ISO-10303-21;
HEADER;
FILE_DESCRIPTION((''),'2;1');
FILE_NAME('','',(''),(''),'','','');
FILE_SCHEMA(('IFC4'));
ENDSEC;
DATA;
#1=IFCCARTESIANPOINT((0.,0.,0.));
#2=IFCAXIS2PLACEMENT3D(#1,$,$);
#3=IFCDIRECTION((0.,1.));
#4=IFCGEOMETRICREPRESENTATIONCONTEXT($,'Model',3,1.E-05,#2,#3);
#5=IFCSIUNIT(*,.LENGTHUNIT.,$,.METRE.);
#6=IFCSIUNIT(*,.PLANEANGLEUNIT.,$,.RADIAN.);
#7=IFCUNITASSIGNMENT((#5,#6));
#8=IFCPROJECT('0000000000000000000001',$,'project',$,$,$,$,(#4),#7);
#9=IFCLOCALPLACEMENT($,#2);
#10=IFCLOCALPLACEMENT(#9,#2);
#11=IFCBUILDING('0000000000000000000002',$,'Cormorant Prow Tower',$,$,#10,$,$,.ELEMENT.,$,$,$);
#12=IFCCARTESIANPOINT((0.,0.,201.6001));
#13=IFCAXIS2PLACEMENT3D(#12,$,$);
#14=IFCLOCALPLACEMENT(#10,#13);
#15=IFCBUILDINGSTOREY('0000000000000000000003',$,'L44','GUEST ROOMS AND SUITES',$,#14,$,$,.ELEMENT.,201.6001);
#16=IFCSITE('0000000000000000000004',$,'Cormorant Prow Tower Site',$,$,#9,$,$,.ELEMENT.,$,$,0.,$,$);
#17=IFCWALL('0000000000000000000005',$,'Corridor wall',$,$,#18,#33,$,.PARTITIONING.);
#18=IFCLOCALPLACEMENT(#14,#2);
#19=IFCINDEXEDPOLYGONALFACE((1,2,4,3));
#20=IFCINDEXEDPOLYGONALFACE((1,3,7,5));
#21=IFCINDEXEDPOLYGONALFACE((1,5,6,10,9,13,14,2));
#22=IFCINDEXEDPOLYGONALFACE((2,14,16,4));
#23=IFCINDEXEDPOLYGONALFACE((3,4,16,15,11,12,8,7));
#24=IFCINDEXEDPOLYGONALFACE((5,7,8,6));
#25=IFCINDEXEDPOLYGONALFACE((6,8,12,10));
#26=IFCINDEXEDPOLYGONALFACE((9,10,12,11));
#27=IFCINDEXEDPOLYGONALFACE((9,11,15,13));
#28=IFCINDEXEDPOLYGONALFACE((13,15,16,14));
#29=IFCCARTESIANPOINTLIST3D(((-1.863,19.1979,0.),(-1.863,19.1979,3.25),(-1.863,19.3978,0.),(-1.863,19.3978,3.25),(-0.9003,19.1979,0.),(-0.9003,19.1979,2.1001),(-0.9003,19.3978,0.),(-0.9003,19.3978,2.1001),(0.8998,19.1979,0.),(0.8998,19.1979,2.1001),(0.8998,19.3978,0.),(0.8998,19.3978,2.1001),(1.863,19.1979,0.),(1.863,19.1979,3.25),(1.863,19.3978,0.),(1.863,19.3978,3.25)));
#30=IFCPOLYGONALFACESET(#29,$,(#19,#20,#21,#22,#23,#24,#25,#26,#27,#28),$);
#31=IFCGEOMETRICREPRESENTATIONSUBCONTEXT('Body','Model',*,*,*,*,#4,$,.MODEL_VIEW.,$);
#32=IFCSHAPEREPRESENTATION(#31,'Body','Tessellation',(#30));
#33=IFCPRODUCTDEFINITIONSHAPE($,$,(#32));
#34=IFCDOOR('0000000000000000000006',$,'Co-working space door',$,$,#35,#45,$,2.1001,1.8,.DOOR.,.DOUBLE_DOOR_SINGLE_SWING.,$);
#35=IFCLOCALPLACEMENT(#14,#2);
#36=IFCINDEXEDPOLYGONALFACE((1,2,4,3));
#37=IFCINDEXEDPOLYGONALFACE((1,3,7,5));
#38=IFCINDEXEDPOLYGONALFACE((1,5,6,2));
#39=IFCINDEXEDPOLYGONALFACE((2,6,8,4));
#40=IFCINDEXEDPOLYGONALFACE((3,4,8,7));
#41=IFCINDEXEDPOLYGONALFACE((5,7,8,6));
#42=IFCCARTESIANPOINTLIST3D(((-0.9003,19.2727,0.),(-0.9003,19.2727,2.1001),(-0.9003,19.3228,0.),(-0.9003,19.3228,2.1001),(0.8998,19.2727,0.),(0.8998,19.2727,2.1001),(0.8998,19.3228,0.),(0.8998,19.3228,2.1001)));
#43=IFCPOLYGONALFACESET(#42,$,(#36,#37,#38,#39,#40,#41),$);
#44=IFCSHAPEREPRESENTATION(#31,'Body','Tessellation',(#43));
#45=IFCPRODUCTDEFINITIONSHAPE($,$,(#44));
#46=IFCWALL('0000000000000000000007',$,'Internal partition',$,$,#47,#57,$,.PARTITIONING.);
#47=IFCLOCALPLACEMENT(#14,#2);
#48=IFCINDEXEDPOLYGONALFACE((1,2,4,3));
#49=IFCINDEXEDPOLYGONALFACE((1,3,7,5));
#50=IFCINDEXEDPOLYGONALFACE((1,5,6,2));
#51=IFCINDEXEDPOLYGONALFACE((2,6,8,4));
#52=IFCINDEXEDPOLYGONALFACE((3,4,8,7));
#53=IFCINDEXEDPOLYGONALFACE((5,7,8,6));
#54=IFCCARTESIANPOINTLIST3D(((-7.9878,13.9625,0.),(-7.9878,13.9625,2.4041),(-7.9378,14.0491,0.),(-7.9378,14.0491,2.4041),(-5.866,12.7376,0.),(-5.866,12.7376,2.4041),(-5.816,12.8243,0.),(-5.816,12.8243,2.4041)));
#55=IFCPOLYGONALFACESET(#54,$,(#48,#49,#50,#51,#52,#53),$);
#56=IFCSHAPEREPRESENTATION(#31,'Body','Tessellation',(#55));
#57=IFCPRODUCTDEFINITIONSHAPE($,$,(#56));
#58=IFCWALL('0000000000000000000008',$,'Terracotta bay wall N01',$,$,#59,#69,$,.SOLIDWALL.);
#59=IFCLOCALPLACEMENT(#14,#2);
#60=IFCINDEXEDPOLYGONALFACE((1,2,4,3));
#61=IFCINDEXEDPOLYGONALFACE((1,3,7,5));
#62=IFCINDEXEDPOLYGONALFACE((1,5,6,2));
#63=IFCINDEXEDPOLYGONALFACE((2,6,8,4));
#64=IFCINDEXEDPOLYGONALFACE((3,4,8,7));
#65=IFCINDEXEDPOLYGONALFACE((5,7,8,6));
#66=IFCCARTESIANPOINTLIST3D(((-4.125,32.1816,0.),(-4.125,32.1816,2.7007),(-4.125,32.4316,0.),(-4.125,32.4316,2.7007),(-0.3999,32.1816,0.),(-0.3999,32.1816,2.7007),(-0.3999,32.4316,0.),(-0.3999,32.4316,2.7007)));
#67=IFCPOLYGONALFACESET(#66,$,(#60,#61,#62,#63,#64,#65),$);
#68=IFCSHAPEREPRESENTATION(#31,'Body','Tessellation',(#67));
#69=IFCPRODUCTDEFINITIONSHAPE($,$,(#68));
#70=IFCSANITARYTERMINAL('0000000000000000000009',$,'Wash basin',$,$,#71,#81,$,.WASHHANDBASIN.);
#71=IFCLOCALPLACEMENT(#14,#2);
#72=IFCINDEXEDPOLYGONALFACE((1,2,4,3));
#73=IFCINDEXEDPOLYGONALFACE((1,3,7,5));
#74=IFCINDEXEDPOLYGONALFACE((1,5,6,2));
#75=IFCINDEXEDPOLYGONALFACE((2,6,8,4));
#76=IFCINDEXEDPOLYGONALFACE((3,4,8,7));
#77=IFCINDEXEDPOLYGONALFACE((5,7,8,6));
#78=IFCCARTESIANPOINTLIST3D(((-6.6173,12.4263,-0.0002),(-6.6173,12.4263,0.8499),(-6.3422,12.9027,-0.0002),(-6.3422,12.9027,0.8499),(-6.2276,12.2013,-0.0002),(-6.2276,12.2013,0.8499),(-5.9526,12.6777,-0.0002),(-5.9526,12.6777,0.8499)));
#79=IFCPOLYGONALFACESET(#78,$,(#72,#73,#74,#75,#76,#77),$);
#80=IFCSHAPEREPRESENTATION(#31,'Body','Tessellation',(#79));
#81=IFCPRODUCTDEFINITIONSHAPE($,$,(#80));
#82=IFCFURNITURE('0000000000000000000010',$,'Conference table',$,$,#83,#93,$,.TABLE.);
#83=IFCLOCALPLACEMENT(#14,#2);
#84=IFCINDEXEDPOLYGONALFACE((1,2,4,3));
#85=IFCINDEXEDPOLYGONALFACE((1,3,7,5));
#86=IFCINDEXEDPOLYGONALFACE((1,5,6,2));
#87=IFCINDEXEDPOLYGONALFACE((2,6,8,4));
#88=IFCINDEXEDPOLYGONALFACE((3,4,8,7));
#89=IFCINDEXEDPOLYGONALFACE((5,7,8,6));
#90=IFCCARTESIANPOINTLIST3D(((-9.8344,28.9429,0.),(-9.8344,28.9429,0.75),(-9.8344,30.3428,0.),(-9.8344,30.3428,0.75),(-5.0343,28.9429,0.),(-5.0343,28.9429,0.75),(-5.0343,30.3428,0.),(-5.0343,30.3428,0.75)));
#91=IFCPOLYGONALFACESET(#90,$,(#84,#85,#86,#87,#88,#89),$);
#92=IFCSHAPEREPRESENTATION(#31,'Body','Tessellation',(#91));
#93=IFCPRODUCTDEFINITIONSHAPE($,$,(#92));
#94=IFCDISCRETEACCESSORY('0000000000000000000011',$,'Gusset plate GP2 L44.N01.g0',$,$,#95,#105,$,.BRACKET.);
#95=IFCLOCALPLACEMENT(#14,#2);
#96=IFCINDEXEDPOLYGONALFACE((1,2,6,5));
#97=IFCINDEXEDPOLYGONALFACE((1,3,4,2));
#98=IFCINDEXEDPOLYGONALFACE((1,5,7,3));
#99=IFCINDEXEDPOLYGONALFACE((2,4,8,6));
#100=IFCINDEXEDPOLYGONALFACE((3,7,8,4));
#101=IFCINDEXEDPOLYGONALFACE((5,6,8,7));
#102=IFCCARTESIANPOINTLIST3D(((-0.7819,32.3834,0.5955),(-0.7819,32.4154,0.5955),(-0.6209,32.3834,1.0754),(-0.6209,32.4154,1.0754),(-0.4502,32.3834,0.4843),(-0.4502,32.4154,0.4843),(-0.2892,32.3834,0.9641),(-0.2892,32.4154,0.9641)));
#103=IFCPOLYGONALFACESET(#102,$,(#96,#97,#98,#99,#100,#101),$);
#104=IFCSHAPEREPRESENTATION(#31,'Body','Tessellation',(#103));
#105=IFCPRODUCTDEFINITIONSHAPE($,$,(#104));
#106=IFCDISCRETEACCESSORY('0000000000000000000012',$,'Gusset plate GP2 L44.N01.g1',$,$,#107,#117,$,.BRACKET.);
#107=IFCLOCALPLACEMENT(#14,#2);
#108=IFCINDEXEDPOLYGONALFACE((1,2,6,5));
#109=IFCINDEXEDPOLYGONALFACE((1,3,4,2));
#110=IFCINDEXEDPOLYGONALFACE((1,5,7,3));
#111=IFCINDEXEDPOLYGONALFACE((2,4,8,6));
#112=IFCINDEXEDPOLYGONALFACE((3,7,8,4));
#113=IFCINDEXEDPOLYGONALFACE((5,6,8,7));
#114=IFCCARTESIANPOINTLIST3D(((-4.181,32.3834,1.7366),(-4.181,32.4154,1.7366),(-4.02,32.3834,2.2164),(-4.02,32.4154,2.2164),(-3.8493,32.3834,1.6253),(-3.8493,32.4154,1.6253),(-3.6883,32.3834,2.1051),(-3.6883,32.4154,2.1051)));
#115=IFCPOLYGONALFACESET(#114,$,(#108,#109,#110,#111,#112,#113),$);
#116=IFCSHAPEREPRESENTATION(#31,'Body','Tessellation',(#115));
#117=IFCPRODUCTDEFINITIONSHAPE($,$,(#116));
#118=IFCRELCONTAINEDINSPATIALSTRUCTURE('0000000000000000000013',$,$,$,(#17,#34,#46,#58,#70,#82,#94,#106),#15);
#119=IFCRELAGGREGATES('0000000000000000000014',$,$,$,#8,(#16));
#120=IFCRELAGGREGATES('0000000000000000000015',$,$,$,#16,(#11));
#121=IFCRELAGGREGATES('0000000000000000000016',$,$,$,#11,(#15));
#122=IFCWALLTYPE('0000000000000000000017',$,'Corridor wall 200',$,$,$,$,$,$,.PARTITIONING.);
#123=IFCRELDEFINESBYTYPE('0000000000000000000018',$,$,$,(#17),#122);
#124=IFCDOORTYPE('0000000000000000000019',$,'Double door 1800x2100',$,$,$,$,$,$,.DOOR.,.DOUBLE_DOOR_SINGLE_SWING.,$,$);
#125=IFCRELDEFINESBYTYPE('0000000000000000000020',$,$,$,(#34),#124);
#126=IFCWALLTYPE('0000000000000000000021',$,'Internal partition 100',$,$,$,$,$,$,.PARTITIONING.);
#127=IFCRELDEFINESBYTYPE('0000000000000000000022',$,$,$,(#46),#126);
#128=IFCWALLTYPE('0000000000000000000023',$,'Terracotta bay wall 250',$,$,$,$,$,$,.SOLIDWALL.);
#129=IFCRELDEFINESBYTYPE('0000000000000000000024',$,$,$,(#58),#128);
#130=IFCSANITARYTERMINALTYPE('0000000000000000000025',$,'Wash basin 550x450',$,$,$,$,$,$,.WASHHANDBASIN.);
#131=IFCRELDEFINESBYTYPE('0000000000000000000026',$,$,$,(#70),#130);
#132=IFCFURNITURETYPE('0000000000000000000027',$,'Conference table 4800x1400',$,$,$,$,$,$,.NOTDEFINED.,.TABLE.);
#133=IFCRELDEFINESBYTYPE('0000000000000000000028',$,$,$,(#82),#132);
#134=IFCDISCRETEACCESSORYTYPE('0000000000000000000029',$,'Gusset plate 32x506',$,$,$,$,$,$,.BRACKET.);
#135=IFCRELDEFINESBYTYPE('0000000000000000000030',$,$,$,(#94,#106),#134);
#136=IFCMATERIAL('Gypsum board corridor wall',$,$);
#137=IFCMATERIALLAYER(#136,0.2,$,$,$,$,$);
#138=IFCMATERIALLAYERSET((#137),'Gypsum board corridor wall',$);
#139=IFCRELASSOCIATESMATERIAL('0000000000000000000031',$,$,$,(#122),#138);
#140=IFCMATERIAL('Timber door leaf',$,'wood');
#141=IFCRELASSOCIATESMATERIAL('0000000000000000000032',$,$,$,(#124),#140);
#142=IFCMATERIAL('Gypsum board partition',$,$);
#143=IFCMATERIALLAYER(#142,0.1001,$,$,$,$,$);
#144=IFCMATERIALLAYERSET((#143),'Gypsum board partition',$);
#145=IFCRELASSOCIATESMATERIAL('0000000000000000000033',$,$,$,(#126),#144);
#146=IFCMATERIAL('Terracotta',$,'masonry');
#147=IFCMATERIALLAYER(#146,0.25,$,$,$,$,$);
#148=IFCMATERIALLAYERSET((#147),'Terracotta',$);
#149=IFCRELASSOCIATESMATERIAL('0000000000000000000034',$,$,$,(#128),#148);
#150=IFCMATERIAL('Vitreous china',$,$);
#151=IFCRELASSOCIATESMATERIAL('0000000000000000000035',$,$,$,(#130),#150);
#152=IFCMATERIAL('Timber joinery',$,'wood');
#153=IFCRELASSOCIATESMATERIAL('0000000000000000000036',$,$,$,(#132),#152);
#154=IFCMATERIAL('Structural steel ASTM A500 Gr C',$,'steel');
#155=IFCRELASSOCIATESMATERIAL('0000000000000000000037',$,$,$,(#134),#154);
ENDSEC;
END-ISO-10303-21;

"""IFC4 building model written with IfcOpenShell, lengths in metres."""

from ifc_helpers import new_model, si_unit, direction, frame, frame_2d, origin, origin_2d, place, context, subcontext, project, spatial, rectangle, extrude, material, layer, layer_set, material_profile, profile_set, type_object, element, fill, save


model = new_model("IFC4")

# Units and contexts
model_context = context("Model", 3, precision=1e-05, world=origin(), true_north=direction((0.0, 1.0)))
body_context = subcontext(model_context, "Body", "Model", "MODEL_VIEW")
ifc_project = project(units=[si_unit("LENGTHUNIT", "METRE"), si_unit("PLANEANGLEUNIT", "RADIAN")], contexts=[model_context])

# Site, building, storey
site_placement = place(None, origin())
site = spatial("IfcSite", under=ifc_project, at=site_placement, Name="Cormorant Prow Tower Site", CompositionType="ELEMENT", RefElevation=0.0)
building_placement = place(site_placement, origin())
building = spatial("IfcBuilding", under=site, at=building_placement, Name="Cormorant Prow Tower", CompositionType="ELEMENT")
storey_placement = place(building_placement, frame((0.0, 0.0, 201.6001)))
storey = spatial("IfcBuildingStorey", under=building, at=storey_placement, Name="L44", Description="GUEST ROOMS AND SUITES", CompositionType="ELEMENT", Elevation=201.6001)

# Wall, opening, door
ifc_material_1 = material(Name="Gypsum board corridor wall")
ifc_layer_1 = layer(ifc_material_1, 0.2)
ifc_layer_set_1 = layer_set([ifc_layer_1], Name="Gypsum board corridor wall")
wall_type_1 = type_object("IfcWallType", Name="Corridor wall 200", PredefinedType="PARTITIONING", material=ifc_layer_set_1)
wall_1_placement = place(storey_placement, frame((-1.863, 19.2979, 0.0), z_axis=(0.0, 0.0, 1.0), x_axis=(1.0, 0.0, 0.0)))
wall_1 = element("IfcWall", 1, at=wall_1_placement, inside=storey, type_object=wall_type_1, Name="Corridor wall", PredefinedType="PARTITIONING", context=body_context, shape_type="SweptSolid", body=[
    extrude(rectangle(XDim=3.7261, YDim=0.2, at=frame_2d((1.863, 0.0))), origin(), (0.0, 0.0, 1.0), 3.25),
])
opening_1_placement = place(wall_1_placement, frame((0.9629, 0.0, 0.0)))
opening_1 = element("IfcOpeningElement", 2, at=opening_1_placement, cuts=wall_1, PredefinedType="OPENING", context=body_context, shape_type="SweptSolid", body=[
    extrude(rectangle(XDim=1.8, YDim=2.1001, at=frame_2d((0.8999, 1.05))), frame((0.0, 0.1099, 0.0), z_axis=(0.0, -1.0, 0.0), x_axis=(1.0, 0.0, 0.0)), (0.0, 0.0, 1.0), 0.22),
])
ifc_material_2 = material(Name="Timber door leaf", Category="wood")
door_type_1 = type_object("IfcDoorType", Name="Double door 1800x2100", OperationType="DOUBLE_DOOR_SINGLE_SWING", PredefinedType="DOOR", material=ifc_material_2)
door_1_placement = place(opening_1_placement, origin())
door_1 = element("IfcDoor", 3, at=door_1_placement, inside=storey, type_object=door_type_1, Name="Co-working space door", OperationType="DOUBLE_DOOR_SINGLE_SWING", OverallHeight=2.1001, OverallWidth=1.8, PredefinedType="DOOR", context=body_context, shape_type="SweptSolid", body=[
    extrude(rectangle(XDim=1.8, YDim=2.1001, at=frame_2d((0.8999, 1.05))), frame((0.0, 0.0249, 0.0), z_axis=(0.0, -1.0, 0.0), x_axis=(1.0, 0.0, 0.0)), (0.0, 0.0, 1.0), 0.05),
])
fill(opening_1, door_1)

# Walls
ifc_material_3 = material(Name="Gypsum board partition")
ifc_layer_2 = layer(ifc_material_3, 0.1001)
ifc_layer_set_2 = layer_set([ifc_layer_2], Name="Gypsum board partition")
wall_type_2 = type_object("IfcWallType", Name="Internal partition 100", PredefinedType="PARTITIONING", material=ifc_layer_set_2)
wall_2_placement = place(storey_placement, frame((-7.9629, 14.0059, 0.0), z_axis=(0.0, 0.0, 1.0), x_axis=(0.866058, -0.499944, 0.0)))
element("IfcWall", 4, at=wall_2_placement, inside=storey, type_object=wall_type_2, Name="Internal partition", PredefinedType="PARTITIONING", context=body_context, shape_type="SweptSolid", body=[
    extrude(rectangle(XDim=2.45, YDim=0.1001, at=frame_2d((1.2251, 0.0))), origin(), (0.0, 0.0, 1.0), 2.4041),
])
ifc_material_4 = material(Name="Terracotta", Category="masonry")
ifc_layer_3 = layer(ifc_material_4, 0.25)
ifc_layer_set_3 = layer_set([ifc_layer_3], Name="Terracotta")
wall_type_3 = type_object("IfcWallType", Name="Terracotta bay wall 250", PredefinedType="SOLIDWALL", material=ifc_layer_set_3)
wall_3_placement = place(storey_placement, frame((-0.3999, 32.3066, 0.0), z_axis=(0.0, 0.0, 1.0), x_axis=(-1.0, 0.0, 0.0)))
element("IfcWall", 5, at=wall_3_placement, inside=storey, type_object=wall_type_3, Name="Terracotta bay wall N01", PredefinedType="SOLIDWALL", context=body_context, shape_type="SweptSolid", body=[
    extrude(rectangle(XDim=3.7251, YDim=0.25, at=frame_2d((1.8625, 0.0))), origin(), (0.0, 0.0, 1.0), 2.7007),
])

# Sanitary terminal
ifc_material_5 = material(Name="Vitreous china")
sanitary_terminal_type = type_object("IfcSanitaryTerminalType", Name="Wash basin 550x450", PredefinedType="WASHHANDBASIN", material=ifc_material_5)
sanitary_terminal_placement = place(storey_placement, frame((-6.2849, 12.552, -0.0002), z_axis=(0.0, 0.0, 1.0), x_axis=(-0.5, -0.866025, 0.0)))
element("IfcSanitaryTerminal", 6, at=sanitary_terminal_placement, inside=storey, type_object=sanitary_terminal_type, Name="Wash basin", PredefinedType="WASHHANDBASIN", context=body_context, shape_type="SweptSolid", body=[
    extrude(rectangle(XDim=0.55, YDim=0.45, at=origin_2d()), origin(), (0.0, 0.0, 1.0), 0.8501),
])

# Furniture
ifc_material_6 = material(Name="Timber joinery", Category="wood")
furniture_type = type_object("IfcFurnitureType", Name="Conference table 4800x1400", AssemblyPlace="NOTDEFINED", PredefinedType="TABLE", material=ifc_material_6)
furniture_placement = place(storey_placement, frame((-7.4343, 29.6428, 0.0), z_axis=(0.0, 0.0, 1.0), x_axis=(1.0, 0.0, 0.0)))
element("IfcFurniture", 7, at=furniture_placement, inside=storey, type_object=furniture_type, Name="Conference table", PredefinedType="TABLE", context=body_context, shape_type="SweptSolid", body=[
    extrude(rectangle(XDim=4.8, YDim=1.3999, at=origin_2d()), origin(), (0.0, 0.0, 1.0), 0.75),
])

# Discrete accessories
ifc_material_7 = material(Name="Structural steel ASTM A500 Gr C", Category="steel")
ifc_material_profile_1 = material_profile(ifc_material_7, rectangle(XDim=0.032, YDim=0.5061, at=origin_2d()), Name="Gusset plate 32x506")
ifc_profile_set_1 = profile_set([ifc_material_profile_1], Name="Structural steel ASTM A500 Gr C")
discrete_accessory_type = type_object("IfcDiscreteAccessoryType", Name="Gusset plate 32x506", PredefinedType="BRACKET", material=ifc_profile_set_1)
for number, where, z_axis, x_axis, name in (
    (8, (-0.7014, 32.3994, 0.8354), (0.948054, 0.0, -0.318111), (0.0, 1.0, 0.0), "Gusset plate GP2 L44.N01.g0"),
    (9, (-3.7688, 32.3994, 1.8652), (-0.948054, 0.0, 0.318111), (0.0, -1.0, 0.0), "Gusset plate GP2 L44.N01.g1"),
):
    element("IfcDiscreteAccessory", number, at=place(storey_placement, frame(where, z_axis=z_axis, x_axis=x_axis)), inside=storey, type_object=discrete_accessory_type, Name=name, PredefinedType="BRACKET", context=body_context, shape_type="SweptSolid", body=[
        extrude(rectangle(XDim=0.032, YDim=0.5061, at=origin_2d()), origin(), (0.0, 0.0, 1.0), 0.3499),
    ])

save(model, "model.ifc")
